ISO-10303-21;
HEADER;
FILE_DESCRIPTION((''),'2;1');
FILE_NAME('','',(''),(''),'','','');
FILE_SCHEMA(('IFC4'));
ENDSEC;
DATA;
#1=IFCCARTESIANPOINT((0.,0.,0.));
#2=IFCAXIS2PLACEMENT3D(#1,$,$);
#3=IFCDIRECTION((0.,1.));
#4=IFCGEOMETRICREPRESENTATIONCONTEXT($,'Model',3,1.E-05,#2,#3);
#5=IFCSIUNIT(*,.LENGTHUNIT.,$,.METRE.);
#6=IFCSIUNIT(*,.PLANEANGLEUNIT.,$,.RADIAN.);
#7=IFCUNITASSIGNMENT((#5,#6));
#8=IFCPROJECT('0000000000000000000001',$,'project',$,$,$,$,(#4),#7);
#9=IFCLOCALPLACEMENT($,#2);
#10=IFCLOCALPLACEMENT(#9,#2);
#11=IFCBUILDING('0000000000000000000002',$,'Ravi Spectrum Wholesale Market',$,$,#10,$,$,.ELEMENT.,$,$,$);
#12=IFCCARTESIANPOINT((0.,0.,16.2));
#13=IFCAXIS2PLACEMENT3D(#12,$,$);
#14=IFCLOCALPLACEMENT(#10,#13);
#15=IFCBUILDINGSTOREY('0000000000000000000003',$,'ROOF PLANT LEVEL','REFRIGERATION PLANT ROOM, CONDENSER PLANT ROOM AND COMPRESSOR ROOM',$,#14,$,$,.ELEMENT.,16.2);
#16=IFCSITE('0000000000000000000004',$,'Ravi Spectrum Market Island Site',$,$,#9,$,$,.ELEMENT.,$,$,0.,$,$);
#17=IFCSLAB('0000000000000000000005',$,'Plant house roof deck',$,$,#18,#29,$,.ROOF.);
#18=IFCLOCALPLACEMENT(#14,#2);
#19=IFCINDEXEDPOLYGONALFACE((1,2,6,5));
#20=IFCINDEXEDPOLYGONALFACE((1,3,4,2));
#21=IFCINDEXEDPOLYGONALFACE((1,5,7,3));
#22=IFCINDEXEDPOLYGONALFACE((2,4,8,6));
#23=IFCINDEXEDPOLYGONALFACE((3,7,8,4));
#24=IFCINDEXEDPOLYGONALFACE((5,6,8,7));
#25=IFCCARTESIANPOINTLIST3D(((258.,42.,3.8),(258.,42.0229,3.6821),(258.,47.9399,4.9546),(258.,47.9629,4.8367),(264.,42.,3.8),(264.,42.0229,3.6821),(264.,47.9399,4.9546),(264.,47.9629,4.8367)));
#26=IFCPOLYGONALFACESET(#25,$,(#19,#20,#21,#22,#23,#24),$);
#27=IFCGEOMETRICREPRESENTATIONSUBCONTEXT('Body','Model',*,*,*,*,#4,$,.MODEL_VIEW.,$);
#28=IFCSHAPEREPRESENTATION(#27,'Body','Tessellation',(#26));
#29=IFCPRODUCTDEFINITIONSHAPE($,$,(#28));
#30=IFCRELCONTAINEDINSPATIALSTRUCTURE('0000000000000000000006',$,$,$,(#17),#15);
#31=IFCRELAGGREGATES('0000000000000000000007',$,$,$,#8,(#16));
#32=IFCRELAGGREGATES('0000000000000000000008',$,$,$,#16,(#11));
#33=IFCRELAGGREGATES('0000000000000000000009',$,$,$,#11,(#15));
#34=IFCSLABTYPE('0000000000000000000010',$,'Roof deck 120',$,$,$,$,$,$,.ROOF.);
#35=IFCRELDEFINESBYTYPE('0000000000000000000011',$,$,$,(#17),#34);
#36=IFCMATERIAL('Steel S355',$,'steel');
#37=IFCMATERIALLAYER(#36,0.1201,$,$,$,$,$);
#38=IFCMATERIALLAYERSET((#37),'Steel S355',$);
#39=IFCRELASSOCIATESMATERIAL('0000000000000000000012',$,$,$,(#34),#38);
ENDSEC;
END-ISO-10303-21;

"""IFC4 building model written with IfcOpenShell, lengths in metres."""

from ifc_helpers import new_model, si_unit, direction, frame, origin, place, context, subcontext, project, spatial, polyline, outline, extrude, material, layer, layer_set, type_object, element, save


model = new_model("IFC4")

# Units and contexts
model_context = context("Model", 3, precision=1e-05, world=origin(), true_north=direction((0.0, 1.0)))
body_context = subcontext(model_context, "Body", "Model", "MODEL_VIEW")
ifc_project = project(units=[si_unit("LENGTHUNIT", "METRE"), si_unit("PLANEANGLEUNIT", "RADIAN")], contexts=[model_context])

# Site, building, storey
site_placement = place(None, origin())
site = spatial("IfcSite", under=ifc_project, at=site_placement, Name="Ravi Spectrum Market Island Site", CompositionType="ELEMENT", RefElevation=0.0)
building_placement = place(site_placement, origin())
building = spatial("IfcBuilding", under=site, at=building_placement, Name="Ravi Spectrum Wholesale Market", CompositionType="ELEMENT")
storey_placement = place(building_placement, frame((0.0, 0.0, 16.2)))
storey = spatial("IfcBuildingStorey", under=building, at=storey_placement, Name="ROOF PLANT LEVEL", Description="REFRIGERATION PLANT ROOM, CONDENSER PLANT ROOM AND COMPRESSOR ROOM", CompositionType="ELEMENT", Elevation=16.2)

# Slab
ifc_material_1 = material(Name="Steel S355", Category="steel")
ifc_layer = layer(ifc_material_1, 0.1201)
ifc_layer_set = layer_set([ifc_layer], Name="Steel S355")
slab_type = type_object("IfcSlabType", Name="Roof deck 120", PredefinedType="ROOF", material=ifc_layer_set)
slab_1_placement = place(storey_placement, frame((258.0, 42.0, 3.8), z_axis=(0.0, -0.190798, 0.981629), x_axis=(1.0, 0.0, 0.0)))
element("IfcSlab", 1, at=slab_1_placement, inside=storey, type_object=slab_type, Name="Plant house roof deck", PredefinedType="ROOF", context=body_context, shape_type="SweptSolid", body=[
    extrude(outline(polyline([(0.0, 0.0), (6.0, 0.0), (6.0, 6.0511), (0.0, 6.0511), (0.0, 0.0)])), origin(), (0.0, 0.0, -1.0), 0.1201),
])

save(model, "model.ifc")
